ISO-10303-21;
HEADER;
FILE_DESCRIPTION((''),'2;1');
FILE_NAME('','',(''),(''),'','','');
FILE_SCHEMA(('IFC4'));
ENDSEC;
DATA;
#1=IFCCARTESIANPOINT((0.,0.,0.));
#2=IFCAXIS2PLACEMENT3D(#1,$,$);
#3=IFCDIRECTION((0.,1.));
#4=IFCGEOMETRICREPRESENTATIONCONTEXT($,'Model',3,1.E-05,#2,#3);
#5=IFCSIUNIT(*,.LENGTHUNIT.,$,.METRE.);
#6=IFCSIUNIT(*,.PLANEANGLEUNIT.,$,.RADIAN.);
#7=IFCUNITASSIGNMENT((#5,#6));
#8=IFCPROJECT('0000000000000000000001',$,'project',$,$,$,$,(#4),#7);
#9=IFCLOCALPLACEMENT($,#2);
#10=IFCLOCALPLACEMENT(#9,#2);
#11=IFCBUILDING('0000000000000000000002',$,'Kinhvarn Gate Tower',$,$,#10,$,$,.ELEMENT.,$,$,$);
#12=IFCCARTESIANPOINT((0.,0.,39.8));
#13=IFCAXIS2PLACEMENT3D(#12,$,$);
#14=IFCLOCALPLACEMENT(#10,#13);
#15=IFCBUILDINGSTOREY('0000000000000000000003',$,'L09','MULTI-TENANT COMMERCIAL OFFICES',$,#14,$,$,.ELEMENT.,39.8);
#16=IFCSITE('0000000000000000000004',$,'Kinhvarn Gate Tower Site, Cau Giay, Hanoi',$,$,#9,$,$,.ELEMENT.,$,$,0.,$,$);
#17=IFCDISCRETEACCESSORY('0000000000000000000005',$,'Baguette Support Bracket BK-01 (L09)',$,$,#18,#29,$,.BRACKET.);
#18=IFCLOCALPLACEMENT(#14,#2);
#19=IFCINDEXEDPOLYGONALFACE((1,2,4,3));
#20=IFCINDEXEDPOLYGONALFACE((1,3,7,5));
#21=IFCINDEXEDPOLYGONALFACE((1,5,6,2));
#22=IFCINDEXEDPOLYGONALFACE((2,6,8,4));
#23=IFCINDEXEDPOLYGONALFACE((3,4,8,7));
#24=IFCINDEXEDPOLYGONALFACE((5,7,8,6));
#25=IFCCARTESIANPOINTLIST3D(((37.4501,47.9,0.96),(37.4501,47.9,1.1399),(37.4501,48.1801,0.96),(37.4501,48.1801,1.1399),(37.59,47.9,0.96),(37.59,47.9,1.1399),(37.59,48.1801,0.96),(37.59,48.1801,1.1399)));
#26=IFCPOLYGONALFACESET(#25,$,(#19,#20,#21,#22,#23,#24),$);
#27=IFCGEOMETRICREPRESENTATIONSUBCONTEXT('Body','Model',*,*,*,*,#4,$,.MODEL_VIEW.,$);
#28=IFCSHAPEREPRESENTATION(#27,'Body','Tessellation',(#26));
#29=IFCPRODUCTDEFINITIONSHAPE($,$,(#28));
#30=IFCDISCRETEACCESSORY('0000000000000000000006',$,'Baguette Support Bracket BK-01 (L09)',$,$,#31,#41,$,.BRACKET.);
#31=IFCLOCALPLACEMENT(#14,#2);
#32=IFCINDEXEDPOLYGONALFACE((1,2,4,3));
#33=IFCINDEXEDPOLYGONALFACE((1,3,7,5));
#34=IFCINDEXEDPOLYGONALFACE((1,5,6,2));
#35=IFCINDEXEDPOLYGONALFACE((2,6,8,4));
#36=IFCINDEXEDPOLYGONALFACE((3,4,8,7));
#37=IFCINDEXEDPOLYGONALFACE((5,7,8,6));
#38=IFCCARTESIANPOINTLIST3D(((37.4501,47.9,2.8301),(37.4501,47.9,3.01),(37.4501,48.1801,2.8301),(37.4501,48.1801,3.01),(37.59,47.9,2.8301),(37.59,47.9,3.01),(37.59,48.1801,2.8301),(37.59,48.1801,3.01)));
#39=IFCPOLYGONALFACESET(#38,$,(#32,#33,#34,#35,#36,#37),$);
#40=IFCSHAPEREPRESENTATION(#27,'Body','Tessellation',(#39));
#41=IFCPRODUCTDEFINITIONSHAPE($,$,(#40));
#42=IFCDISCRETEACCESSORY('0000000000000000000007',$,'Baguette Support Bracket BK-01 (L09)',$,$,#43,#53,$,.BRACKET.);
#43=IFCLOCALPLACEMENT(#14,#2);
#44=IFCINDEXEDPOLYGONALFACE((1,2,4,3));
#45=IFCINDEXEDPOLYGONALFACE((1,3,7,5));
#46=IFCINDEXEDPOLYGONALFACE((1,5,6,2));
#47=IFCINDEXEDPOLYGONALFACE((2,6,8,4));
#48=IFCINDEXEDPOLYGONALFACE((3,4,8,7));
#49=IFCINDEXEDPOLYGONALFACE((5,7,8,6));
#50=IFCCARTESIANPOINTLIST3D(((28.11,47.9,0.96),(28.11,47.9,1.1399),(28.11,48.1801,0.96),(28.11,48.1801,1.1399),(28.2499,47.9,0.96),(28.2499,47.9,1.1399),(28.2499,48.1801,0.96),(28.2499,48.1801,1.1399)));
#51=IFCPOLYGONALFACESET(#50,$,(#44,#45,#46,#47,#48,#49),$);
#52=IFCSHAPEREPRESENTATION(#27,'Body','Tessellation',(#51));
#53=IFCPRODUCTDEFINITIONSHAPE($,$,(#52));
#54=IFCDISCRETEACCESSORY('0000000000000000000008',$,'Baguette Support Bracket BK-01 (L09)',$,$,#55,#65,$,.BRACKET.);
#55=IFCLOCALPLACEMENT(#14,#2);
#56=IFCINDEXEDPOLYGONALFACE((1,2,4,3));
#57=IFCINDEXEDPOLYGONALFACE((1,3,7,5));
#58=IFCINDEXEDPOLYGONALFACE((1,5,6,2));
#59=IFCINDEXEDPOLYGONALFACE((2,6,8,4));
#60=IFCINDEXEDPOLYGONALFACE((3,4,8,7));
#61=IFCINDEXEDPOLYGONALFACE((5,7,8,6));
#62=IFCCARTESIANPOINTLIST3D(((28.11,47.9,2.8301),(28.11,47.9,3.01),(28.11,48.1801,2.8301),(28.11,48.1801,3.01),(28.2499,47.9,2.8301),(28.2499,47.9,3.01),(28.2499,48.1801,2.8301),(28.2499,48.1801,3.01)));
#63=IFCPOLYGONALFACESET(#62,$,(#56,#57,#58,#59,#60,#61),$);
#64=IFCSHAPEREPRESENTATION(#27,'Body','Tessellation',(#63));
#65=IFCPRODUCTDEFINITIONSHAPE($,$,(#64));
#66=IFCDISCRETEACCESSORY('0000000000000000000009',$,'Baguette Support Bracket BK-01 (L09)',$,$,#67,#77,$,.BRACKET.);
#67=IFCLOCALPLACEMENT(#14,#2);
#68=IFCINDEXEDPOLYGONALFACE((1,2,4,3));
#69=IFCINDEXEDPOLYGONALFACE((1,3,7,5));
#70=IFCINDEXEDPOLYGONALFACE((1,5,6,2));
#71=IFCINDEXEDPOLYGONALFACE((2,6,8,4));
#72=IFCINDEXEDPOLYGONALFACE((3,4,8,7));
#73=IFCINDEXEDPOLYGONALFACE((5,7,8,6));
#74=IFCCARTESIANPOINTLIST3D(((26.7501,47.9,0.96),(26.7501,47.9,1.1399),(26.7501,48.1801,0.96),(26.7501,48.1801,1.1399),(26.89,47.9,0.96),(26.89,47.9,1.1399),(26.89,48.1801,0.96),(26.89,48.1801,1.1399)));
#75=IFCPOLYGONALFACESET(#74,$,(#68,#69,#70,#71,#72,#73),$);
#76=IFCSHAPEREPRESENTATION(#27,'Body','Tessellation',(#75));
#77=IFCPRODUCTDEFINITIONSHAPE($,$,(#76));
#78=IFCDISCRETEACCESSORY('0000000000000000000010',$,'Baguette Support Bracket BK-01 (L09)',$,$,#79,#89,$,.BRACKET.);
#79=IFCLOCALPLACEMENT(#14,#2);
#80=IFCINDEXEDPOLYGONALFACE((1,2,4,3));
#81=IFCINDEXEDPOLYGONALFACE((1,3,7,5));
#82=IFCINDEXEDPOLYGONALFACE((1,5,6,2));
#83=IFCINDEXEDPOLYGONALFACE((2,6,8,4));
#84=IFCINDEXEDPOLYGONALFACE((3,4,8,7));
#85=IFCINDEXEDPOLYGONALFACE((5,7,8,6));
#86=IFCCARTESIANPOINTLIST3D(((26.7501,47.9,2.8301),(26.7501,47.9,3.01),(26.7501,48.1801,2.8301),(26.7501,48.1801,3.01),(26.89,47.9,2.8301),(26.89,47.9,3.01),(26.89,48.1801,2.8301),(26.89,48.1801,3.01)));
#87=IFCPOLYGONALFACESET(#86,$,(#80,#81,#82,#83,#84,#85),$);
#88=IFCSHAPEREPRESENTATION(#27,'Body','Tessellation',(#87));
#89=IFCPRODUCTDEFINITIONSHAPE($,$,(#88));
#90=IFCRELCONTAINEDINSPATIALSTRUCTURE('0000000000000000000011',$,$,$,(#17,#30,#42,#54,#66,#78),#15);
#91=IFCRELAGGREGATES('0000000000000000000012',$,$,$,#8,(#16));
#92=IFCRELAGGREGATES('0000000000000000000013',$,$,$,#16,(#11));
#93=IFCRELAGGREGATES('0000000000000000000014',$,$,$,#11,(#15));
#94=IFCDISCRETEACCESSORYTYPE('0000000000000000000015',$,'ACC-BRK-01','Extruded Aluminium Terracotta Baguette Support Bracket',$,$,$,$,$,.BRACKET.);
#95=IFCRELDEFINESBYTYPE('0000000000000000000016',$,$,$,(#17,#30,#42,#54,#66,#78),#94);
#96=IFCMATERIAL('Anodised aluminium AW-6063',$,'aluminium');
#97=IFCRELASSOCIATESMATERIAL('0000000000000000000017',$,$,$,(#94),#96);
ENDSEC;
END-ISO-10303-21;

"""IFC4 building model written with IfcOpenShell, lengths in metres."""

from ifc_helpers import new_model, si_unit, direction, frame, origin, origin_2d, place, context, subcontext, project, spatial, rectangle, extrude, material, type_object, element, save


model = new_model("IFC4")

# Units and contexts
model_context = context("Model", 3, precision=1e-05, world=origin(), true_north=direction((0.0, 1.0)))
body_context = subcontext(model_context, "Body", "Model", "MODEL_VIEW")
ifc_project = project(units=[si_unit("LENGTHUNIT", "METRE"), si_unit("PLANEANGLEUNIT", "RADIAN")], contexts=[model_context])

# Site, building, storey
site_placement = place(None, origin())
site = spatial("IfcSite", under=ifc_project, at=site_placement, Name="Kinhvarn Gate Tower Site, Cau Giay, Hanoi", CompositionType="ELEMENT", RefElevation=0.0)
building_placement = place(site_placement, origin())
building = spatial("IfcBuilding", under=site, at=building_placement, Name="Kinhvarn Gate Tower", CompositionType="ELEMENT")
storey_placement = place(building_placement, frame((0.0, 0.0, 39.8)))
storey = spatial("IfcBuildingStorey", under=building, at=storey_placement, Name="L09", Description="MULTI-TENANT COMMERCIAL OFFICES", CompositionType="ELEMENT", Elevation=39.8)

# Shared definitions
ifc_material_1 = material(Name="Anodised aluminium AW-6063", Category="aluminium")

# Discrete accessories
discrete_accessory_type = type_object("IfcDiscreteAccessoryType", Name="ACC-BRK-01", Description="Extruded Aluminium Terracotta Baguette Support Bracket", PredefinedType="BRACKET", material=ifc_material_1)
for number, where, z_axis, x_axis, name in (
    (1, (37.52, 48.04, 0.96), (0.0, 0.0, 1.0), (-1.0, 0.0, 0.0), "Baguette Support Bracket BK-01 (L09)"),
    (2, (37.52, 48.04, 2.8301), (0.0, 0.0, 1.0), (-1.0, 0.0, 0.0), "Baguette Support Bracket BK-01 (L09)"),
    (3, (28.1799, 48.04, 0.96), (0.0, 0.0, 1.0), (-1.0, 0.0, 0.0), "Baguette Support Bracket BK-01 (L09)"),
    (4, (28.1799, 48.04, 2.8301), (0.0, 0.0, 1.0), (-1.0, 0.0, 0.0), "Baguette Support Bracket BK-01 (L09)"),
    (5, (26.8201, 48.04, 0.96), (0.0, 0.0, 1.0), (-1.0, 0.0, 0.0), "Baguette Support Bracket BK-01 (L09)"),
    (6, (26.8201, 48.04, 2.8301), (0.0, 0.0, 1.0), (-1.0, 0.0, 0.0), "Baguette Support Bracket BK-01 (L09)"),
):
    element("IfcDiscreteAccessory", number, at=place(storey_placement, frame(where, z_axis=z_axis, x_axis=x_axis)), inside=storey, type_object=discrete_accessory_type, Name=name, PredefinedType="BRACKET", context=body_context, shape_type="SweptSolid", body=[
        extrude(rectangle(XDim=0.1399, YDim=0.28, at=origin_2d()), origin(), (0.0, 0.0, 1.0), 0.1799),
    ])

save(model, "model.ifc")
